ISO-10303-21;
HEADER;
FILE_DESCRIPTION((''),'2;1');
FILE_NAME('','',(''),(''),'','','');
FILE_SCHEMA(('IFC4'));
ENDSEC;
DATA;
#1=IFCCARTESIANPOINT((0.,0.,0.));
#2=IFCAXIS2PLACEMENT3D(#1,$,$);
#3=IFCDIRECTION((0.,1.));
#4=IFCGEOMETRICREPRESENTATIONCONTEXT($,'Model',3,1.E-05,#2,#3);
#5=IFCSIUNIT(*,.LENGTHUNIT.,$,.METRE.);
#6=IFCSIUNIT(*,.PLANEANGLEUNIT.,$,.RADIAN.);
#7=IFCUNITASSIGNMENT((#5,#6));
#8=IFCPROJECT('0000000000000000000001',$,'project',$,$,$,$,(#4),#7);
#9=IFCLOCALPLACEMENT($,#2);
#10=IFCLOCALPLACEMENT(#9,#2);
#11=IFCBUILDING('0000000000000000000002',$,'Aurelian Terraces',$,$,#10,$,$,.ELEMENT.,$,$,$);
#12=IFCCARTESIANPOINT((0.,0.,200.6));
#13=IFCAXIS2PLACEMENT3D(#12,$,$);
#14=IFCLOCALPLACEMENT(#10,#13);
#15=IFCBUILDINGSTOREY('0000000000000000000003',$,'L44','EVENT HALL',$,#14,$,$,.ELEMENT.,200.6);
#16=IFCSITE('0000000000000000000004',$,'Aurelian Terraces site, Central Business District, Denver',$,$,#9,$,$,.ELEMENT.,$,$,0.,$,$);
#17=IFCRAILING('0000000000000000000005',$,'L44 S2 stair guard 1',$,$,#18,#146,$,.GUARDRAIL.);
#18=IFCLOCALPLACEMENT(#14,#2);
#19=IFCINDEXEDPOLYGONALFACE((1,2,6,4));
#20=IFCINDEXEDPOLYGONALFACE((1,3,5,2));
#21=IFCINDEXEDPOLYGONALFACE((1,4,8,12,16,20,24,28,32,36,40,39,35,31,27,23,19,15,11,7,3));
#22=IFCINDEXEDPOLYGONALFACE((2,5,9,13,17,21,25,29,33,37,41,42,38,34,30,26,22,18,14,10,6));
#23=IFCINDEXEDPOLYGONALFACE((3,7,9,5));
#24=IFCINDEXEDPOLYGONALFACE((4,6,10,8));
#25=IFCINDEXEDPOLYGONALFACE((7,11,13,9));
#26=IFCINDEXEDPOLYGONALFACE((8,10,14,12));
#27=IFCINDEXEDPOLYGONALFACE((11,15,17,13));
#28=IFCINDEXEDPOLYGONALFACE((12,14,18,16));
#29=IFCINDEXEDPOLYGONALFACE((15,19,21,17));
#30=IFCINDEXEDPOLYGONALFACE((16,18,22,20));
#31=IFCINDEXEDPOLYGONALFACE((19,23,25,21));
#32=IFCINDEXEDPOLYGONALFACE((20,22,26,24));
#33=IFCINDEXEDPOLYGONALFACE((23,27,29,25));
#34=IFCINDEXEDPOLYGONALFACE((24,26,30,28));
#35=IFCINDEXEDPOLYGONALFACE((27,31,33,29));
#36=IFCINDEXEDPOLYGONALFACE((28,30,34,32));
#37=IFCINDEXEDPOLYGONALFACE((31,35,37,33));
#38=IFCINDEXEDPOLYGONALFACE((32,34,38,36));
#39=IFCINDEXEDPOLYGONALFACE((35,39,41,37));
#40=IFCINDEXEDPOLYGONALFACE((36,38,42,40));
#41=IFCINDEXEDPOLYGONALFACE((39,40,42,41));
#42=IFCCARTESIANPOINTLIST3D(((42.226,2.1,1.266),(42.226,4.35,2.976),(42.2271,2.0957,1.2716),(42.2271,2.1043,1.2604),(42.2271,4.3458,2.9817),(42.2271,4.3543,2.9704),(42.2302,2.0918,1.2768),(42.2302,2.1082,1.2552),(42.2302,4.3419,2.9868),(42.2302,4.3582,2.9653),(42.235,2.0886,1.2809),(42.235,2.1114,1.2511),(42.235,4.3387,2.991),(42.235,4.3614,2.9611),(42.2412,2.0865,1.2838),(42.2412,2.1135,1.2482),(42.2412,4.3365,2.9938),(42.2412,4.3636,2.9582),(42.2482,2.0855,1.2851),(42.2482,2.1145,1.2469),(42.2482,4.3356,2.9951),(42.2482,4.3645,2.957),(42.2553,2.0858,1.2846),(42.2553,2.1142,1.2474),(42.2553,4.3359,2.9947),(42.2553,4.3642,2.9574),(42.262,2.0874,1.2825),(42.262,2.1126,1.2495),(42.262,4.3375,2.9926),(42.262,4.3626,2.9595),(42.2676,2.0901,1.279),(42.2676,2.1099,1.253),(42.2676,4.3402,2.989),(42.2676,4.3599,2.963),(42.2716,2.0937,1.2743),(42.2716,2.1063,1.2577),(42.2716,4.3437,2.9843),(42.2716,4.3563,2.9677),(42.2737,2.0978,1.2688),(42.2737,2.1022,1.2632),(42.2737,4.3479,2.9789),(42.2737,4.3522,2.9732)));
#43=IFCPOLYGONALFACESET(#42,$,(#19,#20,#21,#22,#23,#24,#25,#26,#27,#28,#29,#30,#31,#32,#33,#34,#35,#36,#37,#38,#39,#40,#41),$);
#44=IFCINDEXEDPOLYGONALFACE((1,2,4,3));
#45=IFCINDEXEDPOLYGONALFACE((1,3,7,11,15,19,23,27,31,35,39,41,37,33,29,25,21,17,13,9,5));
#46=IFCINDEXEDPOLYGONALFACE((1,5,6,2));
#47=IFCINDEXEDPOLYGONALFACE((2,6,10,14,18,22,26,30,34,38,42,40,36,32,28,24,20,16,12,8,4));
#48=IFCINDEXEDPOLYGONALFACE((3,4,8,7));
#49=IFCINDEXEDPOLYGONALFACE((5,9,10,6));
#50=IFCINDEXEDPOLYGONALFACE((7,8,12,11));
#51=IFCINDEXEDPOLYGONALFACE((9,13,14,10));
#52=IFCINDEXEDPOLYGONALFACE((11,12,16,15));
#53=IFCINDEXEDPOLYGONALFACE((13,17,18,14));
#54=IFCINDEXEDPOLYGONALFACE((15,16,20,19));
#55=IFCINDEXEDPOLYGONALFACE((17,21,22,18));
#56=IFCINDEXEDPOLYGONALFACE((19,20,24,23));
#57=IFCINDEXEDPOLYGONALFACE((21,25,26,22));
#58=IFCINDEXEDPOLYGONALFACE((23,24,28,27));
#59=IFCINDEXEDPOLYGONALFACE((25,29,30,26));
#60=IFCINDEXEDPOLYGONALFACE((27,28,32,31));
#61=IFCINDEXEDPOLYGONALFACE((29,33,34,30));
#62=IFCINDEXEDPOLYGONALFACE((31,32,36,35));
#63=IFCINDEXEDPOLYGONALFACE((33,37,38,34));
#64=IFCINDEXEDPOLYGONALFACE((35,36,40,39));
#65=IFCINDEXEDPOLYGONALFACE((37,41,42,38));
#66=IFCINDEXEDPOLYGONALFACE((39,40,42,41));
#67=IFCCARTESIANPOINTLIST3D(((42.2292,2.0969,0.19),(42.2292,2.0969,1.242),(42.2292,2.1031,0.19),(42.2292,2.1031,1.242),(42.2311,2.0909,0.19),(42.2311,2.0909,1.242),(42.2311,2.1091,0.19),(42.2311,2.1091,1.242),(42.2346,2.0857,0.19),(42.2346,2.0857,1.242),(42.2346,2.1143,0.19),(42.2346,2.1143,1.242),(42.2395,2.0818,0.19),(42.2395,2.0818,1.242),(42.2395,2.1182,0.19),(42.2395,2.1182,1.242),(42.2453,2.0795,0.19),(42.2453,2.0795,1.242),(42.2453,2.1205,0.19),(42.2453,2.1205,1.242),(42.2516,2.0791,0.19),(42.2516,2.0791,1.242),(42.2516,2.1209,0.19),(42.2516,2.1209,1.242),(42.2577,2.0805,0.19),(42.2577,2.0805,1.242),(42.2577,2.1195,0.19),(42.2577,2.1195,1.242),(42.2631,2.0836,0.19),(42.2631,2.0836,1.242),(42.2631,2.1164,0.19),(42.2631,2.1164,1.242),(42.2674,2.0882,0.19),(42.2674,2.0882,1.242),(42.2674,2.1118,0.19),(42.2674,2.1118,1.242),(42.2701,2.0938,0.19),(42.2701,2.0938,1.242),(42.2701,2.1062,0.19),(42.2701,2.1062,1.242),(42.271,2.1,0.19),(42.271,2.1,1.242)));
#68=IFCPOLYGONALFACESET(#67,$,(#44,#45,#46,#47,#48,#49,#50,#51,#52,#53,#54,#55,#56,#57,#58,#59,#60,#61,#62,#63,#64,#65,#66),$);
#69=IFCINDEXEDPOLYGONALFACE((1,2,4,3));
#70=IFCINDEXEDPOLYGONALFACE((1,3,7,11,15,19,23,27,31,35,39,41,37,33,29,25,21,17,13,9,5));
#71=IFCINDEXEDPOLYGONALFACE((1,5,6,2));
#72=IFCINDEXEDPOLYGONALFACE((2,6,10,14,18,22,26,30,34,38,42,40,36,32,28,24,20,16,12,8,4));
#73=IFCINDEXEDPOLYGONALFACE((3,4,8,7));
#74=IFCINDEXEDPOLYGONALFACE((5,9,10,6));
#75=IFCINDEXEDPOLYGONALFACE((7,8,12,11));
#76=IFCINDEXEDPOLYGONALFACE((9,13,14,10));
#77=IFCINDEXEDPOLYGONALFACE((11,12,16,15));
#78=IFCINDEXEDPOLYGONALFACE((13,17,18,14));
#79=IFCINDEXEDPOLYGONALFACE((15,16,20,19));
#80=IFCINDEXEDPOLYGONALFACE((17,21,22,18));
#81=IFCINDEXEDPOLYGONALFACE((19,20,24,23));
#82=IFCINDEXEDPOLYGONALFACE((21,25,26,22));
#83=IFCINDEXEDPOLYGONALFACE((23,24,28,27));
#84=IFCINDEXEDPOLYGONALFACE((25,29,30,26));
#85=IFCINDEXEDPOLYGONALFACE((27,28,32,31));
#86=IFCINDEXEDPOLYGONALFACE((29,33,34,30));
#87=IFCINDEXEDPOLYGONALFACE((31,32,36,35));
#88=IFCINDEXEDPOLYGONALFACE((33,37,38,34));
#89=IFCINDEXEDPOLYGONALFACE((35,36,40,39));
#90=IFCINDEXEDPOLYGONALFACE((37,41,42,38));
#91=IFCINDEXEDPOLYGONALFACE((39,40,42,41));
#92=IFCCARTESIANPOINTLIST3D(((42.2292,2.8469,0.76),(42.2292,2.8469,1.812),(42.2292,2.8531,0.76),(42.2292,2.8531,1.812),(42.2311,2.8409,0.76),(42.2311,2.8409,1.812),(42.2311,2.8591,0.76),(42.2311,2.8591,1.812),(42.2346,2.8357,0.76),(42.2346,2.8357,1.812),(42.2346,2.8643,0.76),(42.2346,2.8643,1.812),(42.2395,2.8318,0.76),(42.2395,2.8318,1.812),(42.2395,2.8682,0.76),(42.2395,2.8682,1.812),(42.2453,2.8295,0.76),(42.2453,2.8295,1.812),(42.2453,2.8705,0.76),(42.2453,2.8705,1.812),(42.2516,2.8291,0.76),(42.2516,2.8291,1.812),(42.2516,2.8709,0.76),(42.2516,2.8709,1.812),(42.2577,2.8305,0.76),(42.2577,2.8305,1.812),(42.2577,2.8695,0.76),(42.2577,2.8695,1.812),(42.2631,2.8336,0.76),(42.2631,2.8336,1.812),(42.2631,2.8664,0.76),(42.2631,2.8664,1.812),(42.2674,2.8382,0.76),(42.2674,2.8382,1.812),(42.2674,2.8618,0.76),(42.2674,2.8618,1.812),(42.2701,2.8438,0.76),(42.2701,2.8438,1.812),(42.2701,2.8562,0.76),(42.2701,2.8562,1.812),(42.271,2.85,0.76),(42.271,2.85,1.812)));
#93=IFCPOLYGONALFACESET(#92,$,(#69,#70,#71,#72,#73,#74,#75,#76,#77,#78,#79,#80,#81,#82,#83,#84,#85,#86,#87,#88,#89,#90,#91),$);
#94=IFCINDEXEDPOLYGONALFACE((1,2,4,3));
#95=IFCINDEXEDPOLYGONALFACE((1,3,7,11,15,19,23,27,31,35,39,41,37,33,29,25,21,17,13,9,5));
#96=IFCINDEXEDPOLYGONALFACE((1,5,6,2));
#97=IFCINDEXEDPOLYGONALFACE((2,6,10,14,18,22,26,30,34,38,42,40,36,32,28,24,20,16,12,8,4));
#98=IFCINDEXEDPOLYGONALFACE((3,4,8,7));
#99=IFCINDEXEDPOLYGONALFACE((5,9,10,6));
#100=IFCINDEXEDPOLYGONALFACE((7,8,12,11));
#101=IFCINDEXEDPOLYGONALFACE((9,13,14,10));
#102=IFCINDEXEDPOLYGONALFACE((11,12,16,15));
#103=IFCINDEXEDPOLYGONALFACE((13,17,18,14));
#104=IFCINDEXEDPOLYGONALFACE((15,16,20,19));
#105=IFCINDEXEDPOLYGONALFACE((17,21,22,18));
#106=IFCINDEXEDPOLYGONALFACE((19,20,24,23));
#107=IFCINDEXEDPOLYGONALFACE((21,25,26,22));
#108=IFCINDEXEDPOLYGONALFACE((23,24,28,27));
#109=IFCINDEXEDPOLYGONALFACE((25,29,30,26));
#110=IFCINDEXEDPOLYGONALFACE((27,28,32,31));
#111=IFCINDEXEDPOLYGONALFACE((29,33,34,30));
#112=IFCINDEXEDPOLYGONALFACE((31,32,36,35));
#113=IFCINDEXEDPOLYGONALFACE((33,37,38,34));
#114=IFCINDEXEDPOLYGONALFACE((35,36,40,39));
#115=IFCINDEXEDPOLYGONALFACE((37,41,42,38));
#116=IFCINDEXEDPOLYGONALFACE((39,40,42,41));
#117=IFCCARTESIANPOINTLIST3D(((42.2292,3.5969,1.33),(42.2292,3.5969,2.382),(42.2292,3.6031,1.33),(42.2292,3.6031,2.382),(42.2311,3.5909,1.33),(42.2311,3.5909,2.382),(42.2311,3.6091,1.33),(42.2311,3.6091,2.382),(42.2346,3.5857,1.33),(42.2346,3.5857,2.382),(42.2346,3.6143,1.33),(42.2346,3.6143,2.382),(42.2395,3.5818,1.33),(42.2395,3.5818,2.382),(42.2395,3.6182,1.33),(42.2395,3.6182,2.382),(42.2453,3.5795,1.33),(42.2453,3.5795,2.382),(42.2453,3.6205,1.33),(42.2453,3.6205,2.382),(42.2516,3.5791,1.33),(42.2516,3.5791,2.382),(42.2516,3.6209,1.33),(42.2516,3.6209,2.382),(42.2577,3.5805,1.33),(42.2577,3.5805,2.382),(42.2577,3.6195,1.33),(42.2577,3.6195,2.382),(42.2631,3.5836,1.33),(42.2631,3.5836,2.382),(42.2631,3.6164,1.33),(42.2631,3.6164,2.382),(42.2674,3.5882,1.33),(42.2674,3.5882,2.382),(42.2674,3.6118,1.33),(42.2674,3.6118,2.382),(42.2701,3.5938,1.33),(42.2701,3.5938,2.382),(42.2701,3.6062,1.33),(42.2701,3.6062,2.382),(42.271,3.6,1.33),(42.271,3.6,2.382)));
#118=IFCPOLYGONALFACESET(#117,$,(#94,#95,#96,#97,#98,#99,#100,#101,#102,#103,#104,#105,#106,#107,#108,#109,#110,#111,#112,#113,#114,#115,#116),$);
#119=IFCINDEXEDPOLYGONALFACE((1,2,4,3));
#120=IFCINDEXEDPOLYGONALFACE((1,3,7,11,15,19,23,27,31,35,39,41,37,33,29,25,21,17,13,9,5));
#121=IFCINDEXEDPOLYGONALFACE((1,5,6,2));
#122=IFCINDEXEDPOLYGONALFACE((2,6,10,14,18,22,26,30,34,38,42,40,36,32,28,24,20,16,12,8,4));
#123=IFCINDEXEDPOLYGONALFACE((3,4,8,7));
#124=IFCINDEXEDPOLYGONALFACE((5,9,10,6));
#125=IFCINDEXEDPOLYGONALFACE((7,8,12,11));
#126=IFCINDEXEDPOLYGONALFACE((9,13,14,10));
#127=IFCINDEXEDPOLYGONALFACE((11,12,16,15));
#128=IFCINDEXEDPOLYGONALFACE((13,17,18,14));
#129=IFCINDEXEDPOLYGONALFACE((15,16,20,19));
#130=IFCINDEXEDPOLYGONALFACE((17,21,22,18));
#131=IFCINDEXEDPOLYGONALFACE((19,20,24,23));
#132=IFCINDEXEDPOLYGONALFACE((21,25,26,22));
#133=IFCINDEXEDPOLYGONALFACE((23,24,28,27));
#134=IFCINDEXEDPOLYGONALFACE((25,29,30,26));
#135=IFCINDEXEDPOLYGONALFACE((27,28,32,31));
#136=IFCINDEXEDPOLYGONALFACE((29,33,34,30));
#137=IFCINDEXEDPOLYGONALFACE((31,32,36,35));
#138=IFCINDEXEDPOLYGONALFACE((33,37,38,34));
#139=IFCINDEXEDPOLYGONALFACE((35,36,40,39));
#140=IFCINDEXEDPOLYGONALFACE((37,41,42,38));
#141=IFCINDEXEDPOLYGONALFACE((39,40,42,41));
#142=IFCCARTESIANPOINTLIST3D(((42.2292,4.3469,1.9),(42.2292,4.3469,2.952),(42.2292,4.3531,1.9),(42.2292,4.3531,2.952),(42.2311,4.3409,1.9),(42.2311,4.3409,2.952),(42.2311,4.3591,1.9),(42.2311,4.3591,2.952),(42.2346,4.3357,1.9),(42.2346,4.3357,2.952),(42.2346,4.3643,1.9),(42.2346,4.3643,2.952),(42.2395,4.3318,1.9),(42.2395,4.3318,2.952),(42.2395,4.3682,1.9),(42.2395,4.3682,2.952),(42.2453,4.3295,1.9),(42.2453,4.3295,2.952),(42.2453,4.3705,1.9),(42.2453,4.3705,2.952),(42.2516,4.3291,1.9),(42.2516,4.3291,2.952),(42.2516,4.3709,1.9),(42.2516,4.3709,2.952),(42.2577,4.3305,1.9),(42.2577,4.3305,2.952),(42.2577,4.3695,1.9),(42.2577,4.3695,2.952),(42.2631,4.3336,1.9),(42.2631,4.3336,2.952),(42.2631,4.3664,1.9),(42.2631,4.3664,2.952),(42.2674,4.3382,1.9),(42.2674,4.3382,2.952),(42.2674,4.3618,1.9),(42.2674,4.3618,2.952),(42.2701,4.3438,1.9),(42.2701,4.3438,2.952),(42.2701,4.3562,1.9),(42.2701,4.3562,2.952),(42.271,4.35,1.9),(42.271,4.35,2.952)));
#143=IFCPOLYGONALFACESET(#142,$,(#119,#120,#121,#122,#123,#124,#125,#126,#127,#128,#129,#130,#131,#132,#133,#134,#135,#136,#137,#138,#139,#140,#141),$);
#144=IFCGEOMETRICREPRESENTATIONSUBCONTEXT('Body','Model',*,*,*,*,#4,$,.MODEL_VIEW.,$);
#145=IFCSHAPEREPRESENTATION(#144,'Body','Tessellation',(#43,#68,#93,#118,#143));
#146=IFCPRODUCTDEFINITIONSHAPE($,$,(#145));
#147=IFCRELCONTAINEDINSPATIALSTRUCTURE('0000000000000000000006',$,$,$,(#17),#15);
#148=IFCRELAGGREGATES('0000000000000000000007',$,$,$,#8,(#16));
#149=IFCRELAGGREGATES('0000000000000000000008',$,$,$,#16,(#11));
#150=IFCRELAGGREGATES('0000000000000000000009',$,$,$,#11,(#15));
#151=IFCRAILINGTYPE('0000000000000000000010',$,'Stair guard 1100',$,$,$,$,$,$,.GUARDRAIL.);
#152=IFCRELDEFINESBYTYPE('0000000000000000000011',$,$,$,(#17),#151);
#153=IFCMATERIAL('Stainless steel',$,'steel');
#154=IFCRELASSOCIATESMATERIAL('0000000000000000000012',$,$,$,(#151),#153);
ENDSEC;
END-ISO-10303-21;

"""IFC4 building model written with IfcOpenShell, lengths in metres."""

from ifc_helpers import new_model, si_unit, direction, frame, origin, origin_2d, place, context, subcontext, project, spatial, circle, extrude, source, transform, mapped, material, type_object, element, save


model = new_model("IFC4")

# Units and contexts
model_context = context("Model", 3, precision=1e-05, world=origin(), true_north=direction((0.0, 1.0)))
body_context = subcontext(model_context, "Body", "Model", "MODEL_VIEW")
ifc_project = project(units=[si_unit("LENGTHUNIT", "METRE"), si_unit("PLANEANGLEUNIT", "RADIAN")], contexts=[model_context])

# Site, building, storey
site_placement = place(None, origin())
site = spatial("IfcSite", under=ifc_project, at=site_placement, Name="Aurelian Terraces site, Central Business District, Denver", CompositionType="ELEMENT", RefElevation=0.0)
building_placement = place(site_placement, origin())
building = spatial("IfcBuilding", under=site, at=building_placement, Name="Aurelian Terraces", CompositionType="ELEMENT")
storey_placement = place(building_placement, frame((0.0, 0.0, 200.6)))
storey = spatial("IfcBuildingStorey", under=building, at=storey_placement, Name="L44", Description="EVENT HALL", CompositionType="ELEMENT", Elevation=200.6)

# Railing
ifc_material_1 = material(Name="Stainless steel", Category="steel")
railing_type_1 = type_object("IfcRailingType", Name="Stair guard 1100", PredefinedType="GUARDRAIL", material=ifc_material_1)
shared_shape_1 = source(origin(), body_context, "Body", "SweptSolid", [
    extrude(circle(Radius=0.024, at=origin_2d()), frame((0.0, 0.0, 1.076), z_axis=(0.0, 0.796162, 0.605083), x_axis=(-1.0, 0.0, 0.0)), (0.0, 0.0, 1.0), 2.8261),
    extrude(circle(Radius=0.021, at=origin_2d()), origin(), (0.0, 0.0, 1.0), 1.052),
    extrude(circle(Radius=0.021, at=origin_2d()), frame((0.0, 0.75, 0.57)), (0.0, 0.0, 1.0), 1.052),
    extrude(circle(Radius=0.021, at=origin_2d()), frame((0.0, 1.5, 1.14)), (0.0, 0.0, 1.0), 1.052),
    extrude(circle(Radius=0.021, at=origin_2d()), frame((0.0, 2.25, 1.71)), (0.0, 0.0, 1.0), 1.052),
])
railing_1_placement = place(storey_placement, frame((42.25, 2.1, 0.19)))
element("IfcRailing", 1, at=railing_1_placement, inside=storey, type_object=railing_type_1, Name="L44 S2 stair guard 1", PredefinedType="GUARDRAIL", context=body_context, shape_type="MappedRepresentation", body=[
    mapped(shared_shape_1, transform((0.0, 0.0, 0.0), scale=1.0)),
])

save(model, "model.ifc")
